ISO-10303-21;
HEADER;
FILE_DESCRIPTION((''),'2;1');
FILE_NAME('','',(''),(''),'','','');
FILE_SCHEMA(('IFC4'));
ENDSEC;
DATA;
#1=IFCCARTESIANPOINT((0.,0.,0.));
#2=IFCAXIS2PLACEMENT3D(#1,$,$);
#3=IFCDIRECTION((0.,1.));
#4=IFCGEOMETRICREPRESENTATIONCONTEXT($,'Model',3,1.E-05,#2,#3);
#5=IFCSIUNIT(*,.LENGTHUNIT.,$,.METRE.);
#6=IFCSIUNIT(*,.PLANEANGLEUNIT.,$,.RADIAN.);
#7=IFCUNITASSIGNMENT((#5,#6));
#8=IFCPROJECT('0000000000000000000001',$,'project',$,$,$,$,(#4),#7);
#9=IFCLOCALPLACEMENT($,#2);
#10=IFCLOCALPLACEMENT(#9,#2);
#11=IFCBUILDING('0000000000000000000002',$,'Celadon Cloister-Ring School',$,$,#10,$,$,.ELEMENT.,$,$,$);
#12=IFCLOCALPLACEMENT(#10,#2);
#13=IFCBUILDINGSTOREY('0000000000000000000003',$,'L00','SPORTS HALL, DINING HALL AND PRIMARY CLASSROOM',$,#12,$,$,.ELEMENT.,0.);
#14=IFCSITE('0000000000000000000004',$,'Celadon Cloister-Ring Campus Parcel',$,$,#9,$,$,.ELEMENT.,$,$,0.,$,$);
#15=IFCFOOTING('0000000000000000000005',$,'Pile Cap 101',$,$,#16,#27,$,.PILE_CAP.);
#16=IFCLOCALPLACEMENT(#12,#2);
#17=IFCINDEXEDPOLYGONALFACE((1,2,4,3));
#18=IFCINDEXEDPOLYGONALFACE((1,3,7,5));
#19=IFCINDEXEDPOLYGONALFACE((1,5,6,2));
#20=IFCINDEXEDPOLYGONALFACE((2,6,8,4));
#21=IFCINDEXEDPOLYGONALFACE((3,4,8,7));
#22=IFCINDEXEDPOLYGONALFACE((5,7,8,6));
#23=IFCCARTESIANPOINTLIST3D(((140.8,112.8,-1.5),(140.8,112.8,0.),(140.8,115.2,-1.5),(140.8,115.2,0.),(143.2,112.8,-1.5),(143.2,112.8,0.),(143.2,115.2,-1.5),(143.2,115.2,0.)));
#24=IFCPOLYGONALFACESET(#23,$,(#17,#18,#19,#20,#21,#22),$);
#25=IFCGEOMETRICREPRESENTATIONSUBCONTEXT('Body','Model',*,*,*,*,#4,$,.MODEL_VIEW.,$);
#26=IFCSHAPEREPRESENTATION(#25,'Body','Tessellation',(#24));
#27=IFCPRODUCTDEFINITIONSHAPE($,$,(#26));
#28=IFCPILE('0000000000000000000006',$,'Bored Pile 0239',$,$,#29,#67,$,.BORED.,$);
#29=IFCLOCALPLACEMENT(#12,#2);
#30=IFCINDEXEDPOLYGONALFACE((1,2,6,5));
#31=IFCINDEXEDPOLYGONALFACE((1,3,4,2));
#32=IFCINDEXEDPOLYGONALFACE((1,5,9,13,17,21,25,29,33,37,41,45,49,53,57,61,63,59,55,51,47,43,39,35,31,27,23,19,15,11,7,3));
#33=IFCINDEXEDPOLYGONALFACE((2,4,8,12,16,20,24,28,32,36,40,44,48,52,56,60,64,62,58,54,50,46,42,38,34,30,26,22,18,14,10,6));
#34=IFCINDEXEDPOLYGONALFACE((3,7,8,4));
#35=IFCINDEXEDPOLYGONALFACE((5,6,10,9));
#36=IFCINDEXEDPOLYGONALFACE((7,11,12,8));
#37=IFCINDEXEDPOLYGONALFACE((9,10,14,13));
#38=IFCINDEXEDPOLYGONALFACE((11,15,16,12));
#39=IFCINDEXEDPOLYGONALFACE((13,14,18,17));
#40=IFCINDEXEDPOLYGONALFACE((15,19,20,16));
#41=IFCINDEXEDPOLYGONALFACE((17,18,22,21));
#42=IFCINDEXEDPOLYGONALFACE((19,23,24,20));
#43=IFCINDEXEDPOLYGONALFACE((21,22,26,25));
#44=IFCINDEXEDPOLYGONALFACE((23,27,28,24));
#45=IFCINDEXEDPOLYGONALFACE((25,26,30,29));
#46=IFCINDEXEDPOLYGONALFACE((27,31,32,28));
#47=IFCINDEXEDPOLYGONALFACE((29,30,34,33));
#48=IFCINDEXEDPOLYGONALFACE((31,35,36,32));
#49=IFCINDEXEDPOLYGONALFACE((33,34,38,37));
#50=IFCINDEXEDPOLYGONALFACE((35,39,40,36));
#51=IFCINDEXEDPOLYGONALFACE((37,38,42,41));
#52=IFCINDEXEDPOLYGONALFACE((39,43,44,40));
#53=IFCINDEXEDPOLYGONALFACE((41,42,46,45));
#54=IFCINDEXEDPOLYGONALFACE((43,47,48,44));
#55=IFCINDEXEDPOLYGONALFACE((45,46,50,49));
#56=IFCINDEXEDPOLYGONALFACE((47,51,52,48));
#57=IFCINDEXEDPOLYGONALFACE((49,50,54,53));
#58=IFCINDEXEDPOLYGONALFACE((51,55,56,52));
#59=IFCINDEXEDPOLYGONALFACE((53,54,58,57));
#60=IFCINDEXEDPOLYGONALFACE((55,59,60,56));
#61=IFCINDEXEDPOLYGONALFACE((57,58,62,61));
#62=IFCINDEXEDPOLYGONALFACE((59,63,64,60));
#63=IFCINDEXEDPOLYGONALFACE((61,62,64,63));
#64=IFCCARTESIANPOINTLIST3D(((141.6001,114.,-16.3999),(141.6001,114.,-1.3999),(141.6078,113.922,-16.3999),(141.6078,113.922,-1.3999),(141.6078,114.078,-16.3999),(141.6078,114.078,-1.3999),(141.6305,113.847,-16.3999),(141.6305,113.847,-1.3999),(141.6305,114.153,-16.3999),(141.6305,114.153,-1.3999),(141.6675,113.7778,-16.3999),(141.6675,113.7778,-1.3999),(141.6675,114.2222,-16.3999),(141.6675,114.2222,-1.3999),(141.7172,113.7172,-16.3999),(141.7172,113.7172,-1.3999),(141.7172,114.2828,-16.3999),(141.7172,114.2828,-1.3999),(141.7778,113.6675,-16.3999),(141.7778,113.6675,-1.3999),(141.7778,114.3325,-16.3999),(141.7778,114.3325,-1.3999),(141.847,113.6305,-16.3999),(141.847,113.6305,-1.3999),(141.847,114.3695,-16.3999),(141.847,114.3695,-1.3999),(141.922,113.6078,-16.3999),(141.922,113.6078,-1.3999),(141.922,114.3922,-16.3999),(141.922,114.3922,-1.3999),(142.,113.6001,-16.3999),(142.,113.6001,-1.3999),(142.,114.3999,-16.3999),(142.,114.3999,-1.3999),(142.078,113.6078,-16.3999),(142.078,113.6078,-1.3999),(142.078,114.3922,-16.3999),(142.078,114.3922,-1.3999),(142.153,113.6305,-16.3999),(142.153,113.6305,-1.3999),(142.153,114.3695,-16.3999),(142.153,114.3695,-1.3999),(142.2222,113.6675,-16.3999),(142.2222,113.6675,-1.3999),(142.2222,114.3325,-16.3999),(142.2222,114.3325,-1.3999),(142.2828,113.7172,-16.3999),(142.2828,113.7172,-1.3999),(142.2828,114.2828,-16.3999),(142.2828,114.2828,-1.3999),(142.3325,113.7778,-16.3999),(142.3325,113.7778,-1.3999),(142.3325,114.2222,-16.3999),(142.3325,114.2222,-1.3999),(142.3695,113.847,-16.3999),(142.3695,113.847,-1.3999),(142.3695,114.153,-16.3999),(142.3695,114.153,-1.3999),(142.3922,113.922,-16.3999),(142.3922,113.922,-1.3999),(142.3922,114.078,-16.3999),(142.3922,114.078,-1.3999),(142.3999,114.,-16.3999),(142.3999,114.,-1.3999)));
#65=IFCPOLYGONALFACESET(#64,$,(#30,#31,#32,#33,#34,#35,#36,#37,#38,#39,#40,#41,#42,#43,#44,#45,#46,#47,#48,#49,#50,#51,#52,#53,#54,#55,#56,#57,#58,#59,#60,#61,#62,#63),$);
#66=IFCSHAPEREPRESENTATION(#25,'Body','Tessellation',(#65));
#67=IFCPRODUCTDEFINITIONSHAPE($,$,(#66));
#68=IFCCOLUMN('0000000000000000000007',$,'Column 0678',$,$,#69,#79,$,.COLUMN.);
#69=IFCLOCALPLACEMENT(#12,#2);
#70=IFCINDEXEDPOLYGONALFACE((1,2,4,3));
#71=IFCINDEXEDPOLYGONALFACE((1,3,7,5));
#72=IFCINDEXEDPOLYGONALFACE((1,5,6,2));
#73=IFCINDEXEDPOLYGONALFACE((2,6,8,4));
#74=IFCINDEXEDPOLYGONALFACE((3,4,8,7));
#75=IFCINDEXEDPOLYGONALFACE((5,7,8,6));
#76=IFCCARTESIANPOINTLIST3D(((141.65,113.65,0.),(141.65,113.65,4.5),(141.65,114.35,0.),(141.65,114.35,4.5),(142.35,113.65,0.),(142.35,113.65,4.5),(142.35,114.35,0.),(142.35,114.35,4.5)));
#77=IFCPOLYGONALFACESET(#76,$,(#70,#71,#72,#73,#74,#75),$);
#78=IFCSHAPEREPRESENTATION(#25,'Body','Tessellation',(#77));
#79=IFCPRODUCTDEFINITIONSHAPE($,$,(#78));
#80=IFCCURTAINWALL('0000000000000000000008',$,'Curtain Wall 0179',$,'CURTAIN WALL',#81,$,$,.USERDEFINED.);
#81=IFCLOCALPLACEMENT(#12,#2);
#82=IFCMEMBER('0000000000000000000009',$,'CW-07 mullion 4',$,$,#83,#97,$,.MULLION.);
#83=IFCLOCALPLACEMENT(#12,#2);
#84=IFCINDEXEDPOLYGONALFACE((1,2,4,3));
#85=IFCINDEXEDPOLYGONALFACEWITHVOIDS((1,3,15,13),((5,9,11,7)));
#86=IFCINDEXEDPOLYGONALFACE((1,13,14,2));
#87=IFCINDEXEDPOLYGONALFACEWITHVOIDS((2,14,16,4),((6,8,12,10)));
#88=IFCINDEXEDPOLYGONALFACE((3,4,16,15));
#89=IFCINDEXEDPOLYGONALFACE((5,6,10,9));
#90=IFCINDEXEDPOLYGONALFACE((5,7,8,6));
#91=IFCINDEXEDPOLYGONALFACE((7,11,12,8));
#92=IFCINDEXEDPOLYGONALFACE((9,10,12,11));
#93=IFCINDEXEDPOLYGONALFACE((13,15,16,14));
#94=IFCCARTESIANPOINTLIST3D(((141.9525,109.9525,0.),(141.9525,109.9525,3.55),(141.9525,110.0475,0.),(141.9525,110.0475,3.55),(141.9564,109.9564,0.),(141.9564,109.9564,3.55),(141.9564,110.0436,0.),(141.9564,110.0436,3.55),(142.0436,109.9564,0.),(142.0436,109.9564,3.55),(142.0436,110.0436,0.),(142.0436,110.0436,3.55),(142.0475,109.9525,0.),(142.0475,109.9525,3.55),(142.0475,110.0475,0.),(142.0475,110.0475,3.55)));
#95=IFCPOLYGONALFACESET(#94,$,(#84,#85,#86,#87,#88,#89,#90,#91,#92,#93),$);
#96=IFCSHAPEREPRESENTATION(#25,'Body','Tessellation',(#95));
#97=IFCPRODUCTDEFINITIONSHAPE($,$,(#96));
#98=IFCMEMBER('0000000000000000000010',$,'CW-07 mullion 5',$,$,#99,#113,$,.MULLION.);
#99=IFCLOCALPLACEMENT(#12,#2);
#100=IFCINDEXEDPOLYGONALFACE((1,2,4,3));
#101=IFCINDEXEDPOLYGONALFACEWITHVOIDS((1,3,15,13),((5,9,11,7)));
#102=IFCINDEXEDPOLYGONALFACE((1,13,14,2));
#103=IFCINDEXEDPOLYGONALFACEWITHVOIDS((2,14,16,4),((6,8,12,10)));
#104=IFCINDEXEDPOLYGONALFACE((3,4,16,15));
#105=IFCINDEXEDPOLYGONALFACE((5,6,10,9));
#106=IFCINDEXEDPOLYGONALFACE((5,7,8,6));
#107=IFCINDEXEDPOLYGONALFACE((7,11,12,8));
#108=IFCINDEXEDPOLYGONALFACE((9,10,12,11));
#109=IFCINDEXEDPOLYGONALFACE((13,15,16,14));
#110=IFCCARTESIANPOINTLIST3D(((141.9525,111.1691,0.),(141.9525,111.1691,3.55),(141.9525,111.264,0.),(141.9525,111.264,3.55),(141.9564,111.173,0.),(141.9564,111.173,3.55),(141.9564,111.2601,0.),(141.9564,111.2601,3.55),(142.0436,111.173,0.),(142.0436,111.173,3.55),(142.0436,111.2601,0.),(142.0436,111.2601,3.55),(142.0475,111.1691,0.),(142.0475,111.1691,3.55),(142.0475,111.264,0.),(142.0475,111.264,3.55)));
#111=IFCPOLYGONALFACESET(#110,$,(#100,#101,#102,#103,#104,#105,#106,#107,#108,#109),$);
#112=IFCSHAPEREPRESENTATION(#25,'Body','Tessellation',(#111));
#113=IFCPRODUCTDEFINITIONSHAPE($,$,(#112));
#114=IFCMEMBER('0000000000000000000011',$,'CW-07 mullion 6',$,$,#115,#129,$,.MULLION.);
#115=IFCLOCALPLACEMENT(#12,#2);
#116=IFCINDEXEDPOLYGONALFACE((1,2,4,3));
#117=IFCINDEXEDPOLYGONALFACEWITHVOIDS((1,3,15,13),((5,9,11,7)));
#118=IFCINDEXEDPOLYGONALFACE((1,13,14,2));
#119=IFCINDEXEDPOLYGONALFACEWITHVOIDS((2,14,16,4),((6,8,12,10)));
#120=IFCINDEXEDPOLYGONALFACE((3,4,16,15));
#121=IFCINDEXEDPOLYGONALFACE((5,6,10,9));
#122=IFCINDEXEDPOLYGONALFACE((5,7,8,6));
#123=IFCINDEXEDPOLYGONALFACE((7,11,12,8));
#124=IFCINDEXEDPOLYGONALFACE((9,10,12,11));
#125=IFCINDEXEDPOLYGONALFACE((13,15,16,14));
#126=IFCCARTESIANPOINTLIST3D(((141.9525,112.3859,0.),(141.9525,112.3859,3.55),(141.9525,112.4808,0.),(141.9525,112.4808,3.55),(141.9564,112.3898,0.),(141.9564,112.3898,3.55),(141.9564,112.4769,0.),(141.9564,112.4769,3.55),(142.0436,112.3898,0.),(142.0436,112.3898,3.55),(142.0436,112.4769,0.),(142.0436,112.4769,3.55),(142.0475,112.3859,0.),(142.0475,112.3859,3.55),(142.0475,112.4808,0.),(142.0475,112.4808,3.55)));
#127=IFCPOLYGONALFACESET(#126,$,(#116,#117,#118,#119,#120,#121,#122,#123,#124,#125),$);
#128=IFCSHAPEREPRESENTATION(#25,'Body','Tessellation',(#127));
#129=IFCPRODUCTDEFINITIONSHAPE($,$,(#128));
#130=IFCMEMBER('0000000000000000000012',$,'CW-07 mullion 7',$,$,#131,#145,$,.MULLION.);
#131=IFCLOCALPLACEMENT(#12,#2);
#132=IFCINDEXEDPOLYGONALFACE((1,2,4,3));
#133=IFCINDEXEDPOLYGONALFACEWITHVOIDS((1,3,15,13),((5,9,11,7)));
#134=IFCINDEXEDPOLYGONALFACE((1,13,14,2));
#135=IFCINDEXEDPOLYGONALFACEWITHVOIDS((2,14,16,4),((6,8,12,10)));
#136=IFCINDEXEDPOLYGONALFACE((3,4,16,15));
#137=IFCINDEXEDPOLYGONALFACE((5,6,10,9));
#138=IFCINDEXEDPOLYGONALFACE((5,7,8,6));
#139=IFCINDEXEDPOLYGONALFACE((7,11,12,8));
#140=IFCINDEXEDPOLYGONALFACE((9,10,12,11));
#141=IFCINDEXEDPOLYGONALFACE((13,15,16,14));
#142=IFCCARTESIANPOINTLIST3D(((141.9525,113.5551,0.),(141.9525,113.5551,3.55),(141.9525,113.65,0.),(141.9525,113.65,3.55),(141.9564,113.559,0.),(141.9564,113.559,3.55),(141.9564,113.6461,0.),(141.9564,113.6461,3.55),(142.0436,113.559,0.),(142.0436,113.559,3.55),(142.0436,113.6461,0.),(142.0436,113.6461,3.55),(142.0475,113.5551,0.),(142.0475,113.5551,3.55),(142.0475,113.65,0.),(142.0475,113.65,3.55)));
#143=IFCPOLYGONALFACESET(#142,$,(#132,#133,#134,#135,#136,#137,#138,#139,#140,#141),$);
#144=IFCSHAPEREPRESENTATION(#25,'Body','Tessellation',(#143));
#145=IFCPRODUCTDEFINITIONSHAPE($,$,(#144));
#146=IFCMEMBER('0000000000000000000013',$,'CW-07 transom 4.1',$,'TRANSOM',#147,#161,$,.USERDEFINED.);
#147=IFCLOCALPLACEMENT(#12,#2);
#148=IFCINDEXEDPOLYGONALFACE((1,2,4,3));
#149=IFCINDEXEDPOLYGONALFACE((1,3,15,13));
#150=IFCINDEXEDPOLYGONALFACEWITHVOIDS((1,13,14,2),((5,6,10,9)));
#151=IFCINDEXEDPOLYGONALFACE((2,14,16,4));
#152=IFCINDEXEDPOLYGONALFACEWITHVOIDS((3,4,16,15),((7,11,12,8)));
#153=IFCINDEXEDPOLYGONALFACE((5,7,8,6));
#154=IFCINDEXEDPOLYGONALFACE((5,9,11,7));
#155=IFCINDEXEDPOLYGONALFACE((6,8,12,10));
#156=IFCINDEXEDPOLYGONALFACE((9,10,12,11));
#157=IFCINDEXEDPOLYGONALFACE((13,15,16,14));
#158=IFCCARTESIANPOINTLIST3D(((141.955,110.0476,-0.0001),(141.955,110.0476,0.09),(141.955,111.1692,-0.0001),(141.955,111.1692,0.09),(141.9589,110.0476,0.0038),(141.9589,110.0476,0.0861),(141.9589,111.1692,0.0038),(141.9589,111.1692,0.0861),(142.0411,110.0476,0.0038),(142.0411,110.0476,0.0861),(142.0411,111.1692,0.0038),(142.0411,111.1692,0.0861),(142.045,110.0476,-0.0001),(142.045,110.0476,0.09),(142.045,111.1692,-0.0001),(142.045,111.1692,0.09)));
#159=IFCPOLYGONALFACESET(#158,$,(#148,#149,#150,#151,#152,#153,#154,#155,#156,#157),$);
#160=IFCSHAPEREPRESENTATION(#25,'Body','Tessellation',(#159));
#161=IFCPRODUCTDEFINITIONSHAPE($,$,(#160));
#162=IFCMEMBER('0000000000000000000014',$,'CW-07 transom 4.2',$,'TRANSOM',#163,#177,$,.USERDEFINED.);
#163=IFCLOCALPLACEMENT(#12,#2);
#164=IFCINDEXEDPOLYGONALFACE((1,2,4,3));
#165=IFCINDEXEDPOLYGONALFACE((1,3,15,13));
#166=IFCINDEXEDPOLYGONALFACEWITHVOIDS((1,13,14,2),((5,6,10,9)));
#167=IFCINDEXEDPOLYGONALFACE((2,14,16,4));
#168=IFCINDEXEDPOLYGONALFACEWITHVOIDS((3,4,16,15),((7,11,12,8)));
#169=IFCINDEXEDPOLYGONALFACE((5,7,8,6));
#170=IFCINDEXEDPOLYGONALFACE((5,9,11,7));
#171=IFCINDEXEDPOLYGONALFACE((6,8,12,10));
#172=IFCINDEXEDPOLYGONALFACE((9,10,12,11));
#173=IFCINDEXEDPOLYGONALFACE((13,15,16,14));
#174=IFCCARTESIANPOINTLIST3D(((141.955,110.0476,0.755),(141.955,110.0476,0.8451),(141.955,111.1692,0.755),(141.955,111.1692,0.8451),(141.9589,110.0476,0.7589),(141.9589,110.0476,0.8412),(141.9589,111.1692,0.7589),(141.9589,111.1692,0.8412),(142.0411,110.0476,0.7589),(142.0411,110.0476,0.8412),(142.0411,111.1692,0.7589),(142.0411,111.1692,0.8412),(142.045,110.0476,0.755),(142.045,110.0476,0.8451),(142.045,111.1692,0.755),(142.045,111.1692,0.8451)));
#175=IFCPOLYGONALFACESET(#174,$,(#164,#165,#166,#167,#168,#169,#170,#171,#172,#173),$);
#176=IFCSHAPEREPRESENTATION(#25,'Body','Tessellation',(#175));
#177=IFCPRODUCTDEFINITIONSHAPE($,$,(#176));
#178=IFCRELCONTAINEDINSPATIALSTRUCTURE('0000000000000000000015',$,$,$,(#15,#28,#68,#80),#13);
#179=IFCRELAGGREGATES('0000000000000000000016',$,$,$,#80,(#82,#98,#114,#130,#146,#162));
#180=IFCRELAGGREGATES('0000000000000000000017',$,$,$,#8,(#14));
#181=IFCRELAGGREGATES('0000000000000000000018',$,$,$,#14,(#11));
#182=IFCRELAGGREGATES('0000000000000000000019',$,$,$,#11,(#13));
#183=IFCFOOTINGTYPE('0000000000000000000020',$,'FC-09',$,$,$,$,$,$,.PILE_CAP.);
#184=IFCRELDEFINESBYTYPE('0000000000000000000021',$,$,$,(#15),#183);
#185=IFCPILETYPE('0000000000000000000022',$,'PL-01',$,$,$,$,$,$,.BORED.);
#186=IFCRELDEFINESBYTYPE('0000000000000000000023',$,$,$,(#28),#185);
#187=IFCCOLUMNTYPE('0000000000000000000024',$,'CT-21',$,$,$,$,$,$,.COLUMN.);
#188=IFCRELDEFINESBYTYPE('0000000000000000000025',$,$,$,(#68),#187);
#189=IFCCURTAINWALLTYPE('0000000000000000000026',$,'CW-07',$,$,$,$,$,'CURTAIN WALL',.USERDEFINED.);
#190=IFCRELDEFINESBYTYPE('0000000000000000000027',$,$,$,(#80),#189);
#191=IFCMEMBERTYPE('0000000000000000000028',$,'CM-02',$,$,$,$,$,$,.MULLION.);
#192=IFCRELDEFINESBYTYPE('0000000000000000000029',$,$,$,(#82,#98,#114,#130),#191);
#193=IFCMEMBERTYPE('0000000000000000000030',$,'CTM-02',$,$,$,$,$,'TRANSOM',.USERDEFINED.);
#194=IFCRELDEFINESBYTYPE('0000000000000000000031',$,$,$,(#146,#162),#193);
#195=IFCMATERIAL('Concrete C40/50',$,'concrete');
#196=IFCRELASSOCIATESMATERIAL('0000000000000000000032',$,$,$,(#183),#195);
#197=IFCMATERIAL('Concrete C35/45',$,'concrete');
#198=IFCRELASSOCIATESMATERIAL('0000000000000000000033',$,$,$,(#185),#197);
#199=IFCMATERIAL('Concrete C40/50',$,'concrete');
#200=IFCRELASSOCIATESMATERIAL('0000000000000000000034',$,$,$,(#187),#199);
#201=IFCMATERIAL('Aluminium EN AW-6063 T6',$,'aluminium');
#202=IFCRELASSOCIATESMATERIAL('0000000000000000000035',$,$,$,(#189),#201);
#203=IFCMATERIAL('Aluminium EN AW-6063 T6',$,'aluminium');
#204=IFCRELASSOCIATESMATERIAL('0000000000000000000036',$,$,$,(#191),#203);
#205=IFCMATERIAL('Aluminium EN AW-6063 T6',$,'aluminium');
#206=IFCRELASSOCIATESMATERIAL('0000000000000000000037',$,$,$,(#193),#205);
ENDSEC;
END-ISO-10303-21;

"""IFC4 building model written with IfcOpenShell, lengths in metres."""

from ifc_helpers import new_model, si_unit, direction, frame, origin, origin_2d, place, context, subcontext, project, spatial, rectangle, hollow_rectangle, circle, extrude, material, material_profile, profile_set, type_object, element, aggregate, save


model = new_model("IFC4")

# Units and contexts
model_context = context("Model", 3, precision=1e-05, world=origin(), true_north=direction((0.0, 1.0)))
body_context = subcontext(model_context, "Body", "Model", "MODEL_VIEW")
ifc_project = project(units=[si_unit("LENGTHUNIT", "METRE"), si_unit("PLANEANGLEUNIT", "RADIAN")], contexts=[model_context])

# Site, building, storey
site_placement = place(None, origin())
site = spatial("IfcSite", under=ifc_project, at=site_placement, Name="Celadon Cloister-Ring Campus Parcel", CompositionType="ELEMENT", RefElevation=0.0)
building_placement = place(site_placement, origin())
building = spatial("IfcBuilding", under=site, at=building_placement, Name="Celadon Cloister-Ring School", CompositionType="ELEMENT")
storey_placement = place(building_placement, origin())
storey = spatial("IfcBuildingStorey", under=building, at=storey_placement, Name="L00", Description="SPORTS HALL, DINING HALL AND PRIMARY CLASSROOM", CompositionType="ELEMENT", Elevation=0.0)

# Footing
ifc_material_1 = material(Name="Concrete C40/50", Category="concrete")
footing_type = type_object("IfcFootingType", Name="FC-09", PredefinedType="PILE_CAP", material=ifc_material_1)
footing_placement = place(storey_placement, frame((142.0, 114.0, -1.5), z_axis=(0.0, 0.0, 1.0), x_axis=(1.0, 0.0, 0.0)))
element("IfcFooting", 1, at=footing_placement, inside=storey, type_object=footing_type, Name="Pile Cap 101", PredefinedType="PILE_CAP", context=body_context, shape_type="SweptSolid", body=[
    extrude(rectangle(XDim=2.3999, YDim=2.3999, at=origin_2d()), origin(), (0.0, 0.0, 1.0), 1.5),
])

# Pile
ifc_material_2 = material(Name="Concrete C35/45", Category="concrete")
ifc_material_profile_1 = material_profile(ifc_material_2, circle(Radius=0.3999, at=origin_2d()), Name="PILE800")
ifc_profile_set_1 = profile_set([ifc_material_profile_1], Name="Concrete C35/45")
pile_type = type_object("IfcPileType", Name="PL-01", PredefinedType="BORED", material=ifc_profile_set_1)
pile_placement = place(storey_placement, frame((142.0, 114.0, -1.3999), z_axis=(0.0, 0.0, -1.0), x_axis=(1.0, 0.0, 0.0)))
element("IfcPile", 2, at=pile_placement, inside=storey, type_object=pile_type, Name="Bored Pile 0239", PredefinedType="BORED", context=body_context, shape_type="SweptSolid", body=[
    extrude(circle(Radius=0.3999, at=origin_2d()), origin(), (0.0, 0.0, 1.0), 15.0),
])

# Column
ifc_material_3 = material(Name="Concrete C40/50", Category="concrete")
ifc_material_profile_2 = material_profile(ifc_material_3, rectangle(XDim=0.7, YDim=0.7, at=origin_2d()), Name="RC700X700")
ifc_profile_set_2 = profile_set([ifc_material_profile_2], Name="Concrete C40/50")
column_type = type_object("IfcColumnType", Name="CT-21", PredefinedType="COLUMN", material=ifc_profile_set_2)
column_placement = place(storey_placement, frame((142.0, 114.0, 0.0), z_axis=(0.0, 0.0, 1.0), x_axis=(1.0, 0.0, 0.0)))
element("IfcColumn", 3, at=column_placement, inside=storey, type_object=column_type, Name="Column 0678", PredefinedType="COLUMN", context=body_context, shape_type="SweptSolid", body=[
    extrude(rectangle(XDim=0.7, YDim=0.7, at=origin_2d()), origin(), (0.0, 0.0, 1.0), 4.5),
])

# Curtain wall, members
ifc_material_4 = material(Name="Aluminium EN AW-6063 T6", Category="aluminium")
curtain_wall_type = type_object("IfcCurtainWallType", Name="CW-07", ElementType="CURTAIN WALL", PredefinedType="USERDEFINED", material=ifc_material_4)
curtain_wall_placement = place(storey_placement, origin())
curtain_wall = element("IfcCurtainWall", 4, at=curtain_wall_placement, inside=storey, type_object=curtain_wall_type, Name="Curtain Wall 0179", ObjectType="CURTAIN WALL", PredefinedType="USERDEFINED")
ifc_material_5 = material(Name="Aluminium EN AW-6063 T6", Category="aluminium")
ifc_material_profile_3 = material_profile(ifc_material_5, hollow_rectangle(XDim=0.095, YDim=0.095, WallThickness=0.0039, at=origin_2d()), Name="RHS95X95X4")
ifc_profile_set_3 = profile_set([ifc_material_profile_3], Name="Aluminium EN AW-6063 T6")
member_type_1 = type_object("IfcMemberType", Name="CM-02", PredefinedType="MULLION", material=ifc_profile_set_3)
member_1_placement = place(storey_placement, frame((142.0, 110.0, 0.0), z_axis=(0.0, 0.0, 1.0), x_axis=(-1.0, 0.0, 0.0)))
member_1 = element("IfcMember", 5, at=member_1_placement, type_object=member_type_1, Name="CW-07 mullion 4", PredefinedType="MULLION", context=body_context, shape_type="SweptSolid", body=[
    extrude(hollow_rectangle(XDim=0.095, YDim=0.095, WallThickness=0.0039, at=origin_2d()), origin(), (0.0, 0.0, 1.0), 3.55),
])
member_2_placement = place(storey_placement, frame((142.0, 111.2166, 0.0), z_axis=(0.0, 0.0, 1.0), x_axis=(-1.0, 0.0, 0.0)))
member_2 = element("IfcMember", 6, at=member_2_placement, type_object=member_type_1, Name="CW-07 mullion 5", PredefinedType="MULLION", context=body_context, shape_type="SweptSolid", body=[
    extrude(hollow_rectangle(XDim=0.095, YDim=0.095, WallThickness=0.0039, at=origin_2d()), origin(), (0.0, 0.0, 1.0), 3.55),
])
member_3_placement = place(storey_placement, frame((142.0, 112.4333, 0.0), z_axis=(0.0, 0.0, 1.0), x_axis=(-1.0, 0.0, 0.0)))
member_3 = element("IfcMember", 7, at=member_3_placement, type_object=member_type_1, Name="CW-07 mullion 6", PredefinedType="MULLION", context=body_context, shape_type="SweptSolid", body=[
    extrude(hollow_rectangle(XDim=0.095, YDim=0.095, WallThickness=0.0039, at=origin_2d()), origin(), (0.0, 0.0, 1.0), 3.55),
])
member_4_placement = place(storey_placement, frame((142.0, 113.6025, 0.0), z_axis=(0.0, 0.0, 1.0), x_axis=(-1.0, 0.0, 0.0)))
member_4 = element("IfcMember", 8, at=member_4_placement, type_object=member_type_1, Name="CW-07 mullion 7", PredefinedType="MULLION", context=body_context, shape_type="SweptSolid", body=[
    extrude(hollow_rectangle(XDim=0.095, YDim=0.095, WallThickness=0.0039, at=origin_2d()), origin(), (0.0, 0.0, 1.0), 3.55),
])
ifc_material_6 = material(Name="Aluminium EN AW-6063 T6", Category="aluminium")
ifc_material_profile_4 = material_profile(ifc_material_6, hollow_rectangle(XDim=0.0901, YDim=0.0901, WallThickness=0.0039, at=origin_2d()), Name="RHS90X90X4")
ifc_profile_set_4 = profile_set([ifc_material_profile_4], Name="Aluminium EN AW-6063 T6")
member_type_2 = type_object("IfcMemberType", Name="CTM-02", ElementType="TRANSOM", PredefinedType="USERDEFINED", material=ifc_profile_set_4)
member_5_placement = place(storey_placement, frame((142.0, 110.0476, 0.0449), z_axis=(0.0, 1.0, 0.0), x_axis=(-1.0, 0.0, 0.0)))
member_5 = element("IfcMember", 9, at=member_5_placement, type_object=member_type_2, Name="CW-07 transom 4.1", ObjectType="TRANSOM", PredefinedType="USERDEFINED", context=body_context, shape_type="SweptSolid", body=[
    extrude(hollow_rectangle(XDim=0.0901, YDim=0.0901, WallThickness=0.0039, at=origin_2d()), origin(), (0.0, 0.0, 1.0), 1.1216),
])
member_6_placement = place(storey_placement, frame((142.0, 110.0476, 0.8), z_axis=(0.0, 1.0, 0.0), x_axis=(-1.0, 0.0, 0.0)))
member_6 = element("IfcMember", 10, at=member_6_placement, type_object=member_type_2, Name="CW-07 transom 4.2", ObjectType="TRANSOM", PredefinedType="USERDEFINED", context=body_context, shape_type="SweptSolid", body=[
    extrude(hollow_rectangle(XDim=0.0901, YDim=0.0901, WallThickness=0.0039, at=origin_2d()), origin(), (0.0, 0.0, 1.0), 1.1216),
])

aggregate(curtain_wall, [member_1, member_2, member_3, member_4, member_5, member_6])

save(model, "model.ifc")
